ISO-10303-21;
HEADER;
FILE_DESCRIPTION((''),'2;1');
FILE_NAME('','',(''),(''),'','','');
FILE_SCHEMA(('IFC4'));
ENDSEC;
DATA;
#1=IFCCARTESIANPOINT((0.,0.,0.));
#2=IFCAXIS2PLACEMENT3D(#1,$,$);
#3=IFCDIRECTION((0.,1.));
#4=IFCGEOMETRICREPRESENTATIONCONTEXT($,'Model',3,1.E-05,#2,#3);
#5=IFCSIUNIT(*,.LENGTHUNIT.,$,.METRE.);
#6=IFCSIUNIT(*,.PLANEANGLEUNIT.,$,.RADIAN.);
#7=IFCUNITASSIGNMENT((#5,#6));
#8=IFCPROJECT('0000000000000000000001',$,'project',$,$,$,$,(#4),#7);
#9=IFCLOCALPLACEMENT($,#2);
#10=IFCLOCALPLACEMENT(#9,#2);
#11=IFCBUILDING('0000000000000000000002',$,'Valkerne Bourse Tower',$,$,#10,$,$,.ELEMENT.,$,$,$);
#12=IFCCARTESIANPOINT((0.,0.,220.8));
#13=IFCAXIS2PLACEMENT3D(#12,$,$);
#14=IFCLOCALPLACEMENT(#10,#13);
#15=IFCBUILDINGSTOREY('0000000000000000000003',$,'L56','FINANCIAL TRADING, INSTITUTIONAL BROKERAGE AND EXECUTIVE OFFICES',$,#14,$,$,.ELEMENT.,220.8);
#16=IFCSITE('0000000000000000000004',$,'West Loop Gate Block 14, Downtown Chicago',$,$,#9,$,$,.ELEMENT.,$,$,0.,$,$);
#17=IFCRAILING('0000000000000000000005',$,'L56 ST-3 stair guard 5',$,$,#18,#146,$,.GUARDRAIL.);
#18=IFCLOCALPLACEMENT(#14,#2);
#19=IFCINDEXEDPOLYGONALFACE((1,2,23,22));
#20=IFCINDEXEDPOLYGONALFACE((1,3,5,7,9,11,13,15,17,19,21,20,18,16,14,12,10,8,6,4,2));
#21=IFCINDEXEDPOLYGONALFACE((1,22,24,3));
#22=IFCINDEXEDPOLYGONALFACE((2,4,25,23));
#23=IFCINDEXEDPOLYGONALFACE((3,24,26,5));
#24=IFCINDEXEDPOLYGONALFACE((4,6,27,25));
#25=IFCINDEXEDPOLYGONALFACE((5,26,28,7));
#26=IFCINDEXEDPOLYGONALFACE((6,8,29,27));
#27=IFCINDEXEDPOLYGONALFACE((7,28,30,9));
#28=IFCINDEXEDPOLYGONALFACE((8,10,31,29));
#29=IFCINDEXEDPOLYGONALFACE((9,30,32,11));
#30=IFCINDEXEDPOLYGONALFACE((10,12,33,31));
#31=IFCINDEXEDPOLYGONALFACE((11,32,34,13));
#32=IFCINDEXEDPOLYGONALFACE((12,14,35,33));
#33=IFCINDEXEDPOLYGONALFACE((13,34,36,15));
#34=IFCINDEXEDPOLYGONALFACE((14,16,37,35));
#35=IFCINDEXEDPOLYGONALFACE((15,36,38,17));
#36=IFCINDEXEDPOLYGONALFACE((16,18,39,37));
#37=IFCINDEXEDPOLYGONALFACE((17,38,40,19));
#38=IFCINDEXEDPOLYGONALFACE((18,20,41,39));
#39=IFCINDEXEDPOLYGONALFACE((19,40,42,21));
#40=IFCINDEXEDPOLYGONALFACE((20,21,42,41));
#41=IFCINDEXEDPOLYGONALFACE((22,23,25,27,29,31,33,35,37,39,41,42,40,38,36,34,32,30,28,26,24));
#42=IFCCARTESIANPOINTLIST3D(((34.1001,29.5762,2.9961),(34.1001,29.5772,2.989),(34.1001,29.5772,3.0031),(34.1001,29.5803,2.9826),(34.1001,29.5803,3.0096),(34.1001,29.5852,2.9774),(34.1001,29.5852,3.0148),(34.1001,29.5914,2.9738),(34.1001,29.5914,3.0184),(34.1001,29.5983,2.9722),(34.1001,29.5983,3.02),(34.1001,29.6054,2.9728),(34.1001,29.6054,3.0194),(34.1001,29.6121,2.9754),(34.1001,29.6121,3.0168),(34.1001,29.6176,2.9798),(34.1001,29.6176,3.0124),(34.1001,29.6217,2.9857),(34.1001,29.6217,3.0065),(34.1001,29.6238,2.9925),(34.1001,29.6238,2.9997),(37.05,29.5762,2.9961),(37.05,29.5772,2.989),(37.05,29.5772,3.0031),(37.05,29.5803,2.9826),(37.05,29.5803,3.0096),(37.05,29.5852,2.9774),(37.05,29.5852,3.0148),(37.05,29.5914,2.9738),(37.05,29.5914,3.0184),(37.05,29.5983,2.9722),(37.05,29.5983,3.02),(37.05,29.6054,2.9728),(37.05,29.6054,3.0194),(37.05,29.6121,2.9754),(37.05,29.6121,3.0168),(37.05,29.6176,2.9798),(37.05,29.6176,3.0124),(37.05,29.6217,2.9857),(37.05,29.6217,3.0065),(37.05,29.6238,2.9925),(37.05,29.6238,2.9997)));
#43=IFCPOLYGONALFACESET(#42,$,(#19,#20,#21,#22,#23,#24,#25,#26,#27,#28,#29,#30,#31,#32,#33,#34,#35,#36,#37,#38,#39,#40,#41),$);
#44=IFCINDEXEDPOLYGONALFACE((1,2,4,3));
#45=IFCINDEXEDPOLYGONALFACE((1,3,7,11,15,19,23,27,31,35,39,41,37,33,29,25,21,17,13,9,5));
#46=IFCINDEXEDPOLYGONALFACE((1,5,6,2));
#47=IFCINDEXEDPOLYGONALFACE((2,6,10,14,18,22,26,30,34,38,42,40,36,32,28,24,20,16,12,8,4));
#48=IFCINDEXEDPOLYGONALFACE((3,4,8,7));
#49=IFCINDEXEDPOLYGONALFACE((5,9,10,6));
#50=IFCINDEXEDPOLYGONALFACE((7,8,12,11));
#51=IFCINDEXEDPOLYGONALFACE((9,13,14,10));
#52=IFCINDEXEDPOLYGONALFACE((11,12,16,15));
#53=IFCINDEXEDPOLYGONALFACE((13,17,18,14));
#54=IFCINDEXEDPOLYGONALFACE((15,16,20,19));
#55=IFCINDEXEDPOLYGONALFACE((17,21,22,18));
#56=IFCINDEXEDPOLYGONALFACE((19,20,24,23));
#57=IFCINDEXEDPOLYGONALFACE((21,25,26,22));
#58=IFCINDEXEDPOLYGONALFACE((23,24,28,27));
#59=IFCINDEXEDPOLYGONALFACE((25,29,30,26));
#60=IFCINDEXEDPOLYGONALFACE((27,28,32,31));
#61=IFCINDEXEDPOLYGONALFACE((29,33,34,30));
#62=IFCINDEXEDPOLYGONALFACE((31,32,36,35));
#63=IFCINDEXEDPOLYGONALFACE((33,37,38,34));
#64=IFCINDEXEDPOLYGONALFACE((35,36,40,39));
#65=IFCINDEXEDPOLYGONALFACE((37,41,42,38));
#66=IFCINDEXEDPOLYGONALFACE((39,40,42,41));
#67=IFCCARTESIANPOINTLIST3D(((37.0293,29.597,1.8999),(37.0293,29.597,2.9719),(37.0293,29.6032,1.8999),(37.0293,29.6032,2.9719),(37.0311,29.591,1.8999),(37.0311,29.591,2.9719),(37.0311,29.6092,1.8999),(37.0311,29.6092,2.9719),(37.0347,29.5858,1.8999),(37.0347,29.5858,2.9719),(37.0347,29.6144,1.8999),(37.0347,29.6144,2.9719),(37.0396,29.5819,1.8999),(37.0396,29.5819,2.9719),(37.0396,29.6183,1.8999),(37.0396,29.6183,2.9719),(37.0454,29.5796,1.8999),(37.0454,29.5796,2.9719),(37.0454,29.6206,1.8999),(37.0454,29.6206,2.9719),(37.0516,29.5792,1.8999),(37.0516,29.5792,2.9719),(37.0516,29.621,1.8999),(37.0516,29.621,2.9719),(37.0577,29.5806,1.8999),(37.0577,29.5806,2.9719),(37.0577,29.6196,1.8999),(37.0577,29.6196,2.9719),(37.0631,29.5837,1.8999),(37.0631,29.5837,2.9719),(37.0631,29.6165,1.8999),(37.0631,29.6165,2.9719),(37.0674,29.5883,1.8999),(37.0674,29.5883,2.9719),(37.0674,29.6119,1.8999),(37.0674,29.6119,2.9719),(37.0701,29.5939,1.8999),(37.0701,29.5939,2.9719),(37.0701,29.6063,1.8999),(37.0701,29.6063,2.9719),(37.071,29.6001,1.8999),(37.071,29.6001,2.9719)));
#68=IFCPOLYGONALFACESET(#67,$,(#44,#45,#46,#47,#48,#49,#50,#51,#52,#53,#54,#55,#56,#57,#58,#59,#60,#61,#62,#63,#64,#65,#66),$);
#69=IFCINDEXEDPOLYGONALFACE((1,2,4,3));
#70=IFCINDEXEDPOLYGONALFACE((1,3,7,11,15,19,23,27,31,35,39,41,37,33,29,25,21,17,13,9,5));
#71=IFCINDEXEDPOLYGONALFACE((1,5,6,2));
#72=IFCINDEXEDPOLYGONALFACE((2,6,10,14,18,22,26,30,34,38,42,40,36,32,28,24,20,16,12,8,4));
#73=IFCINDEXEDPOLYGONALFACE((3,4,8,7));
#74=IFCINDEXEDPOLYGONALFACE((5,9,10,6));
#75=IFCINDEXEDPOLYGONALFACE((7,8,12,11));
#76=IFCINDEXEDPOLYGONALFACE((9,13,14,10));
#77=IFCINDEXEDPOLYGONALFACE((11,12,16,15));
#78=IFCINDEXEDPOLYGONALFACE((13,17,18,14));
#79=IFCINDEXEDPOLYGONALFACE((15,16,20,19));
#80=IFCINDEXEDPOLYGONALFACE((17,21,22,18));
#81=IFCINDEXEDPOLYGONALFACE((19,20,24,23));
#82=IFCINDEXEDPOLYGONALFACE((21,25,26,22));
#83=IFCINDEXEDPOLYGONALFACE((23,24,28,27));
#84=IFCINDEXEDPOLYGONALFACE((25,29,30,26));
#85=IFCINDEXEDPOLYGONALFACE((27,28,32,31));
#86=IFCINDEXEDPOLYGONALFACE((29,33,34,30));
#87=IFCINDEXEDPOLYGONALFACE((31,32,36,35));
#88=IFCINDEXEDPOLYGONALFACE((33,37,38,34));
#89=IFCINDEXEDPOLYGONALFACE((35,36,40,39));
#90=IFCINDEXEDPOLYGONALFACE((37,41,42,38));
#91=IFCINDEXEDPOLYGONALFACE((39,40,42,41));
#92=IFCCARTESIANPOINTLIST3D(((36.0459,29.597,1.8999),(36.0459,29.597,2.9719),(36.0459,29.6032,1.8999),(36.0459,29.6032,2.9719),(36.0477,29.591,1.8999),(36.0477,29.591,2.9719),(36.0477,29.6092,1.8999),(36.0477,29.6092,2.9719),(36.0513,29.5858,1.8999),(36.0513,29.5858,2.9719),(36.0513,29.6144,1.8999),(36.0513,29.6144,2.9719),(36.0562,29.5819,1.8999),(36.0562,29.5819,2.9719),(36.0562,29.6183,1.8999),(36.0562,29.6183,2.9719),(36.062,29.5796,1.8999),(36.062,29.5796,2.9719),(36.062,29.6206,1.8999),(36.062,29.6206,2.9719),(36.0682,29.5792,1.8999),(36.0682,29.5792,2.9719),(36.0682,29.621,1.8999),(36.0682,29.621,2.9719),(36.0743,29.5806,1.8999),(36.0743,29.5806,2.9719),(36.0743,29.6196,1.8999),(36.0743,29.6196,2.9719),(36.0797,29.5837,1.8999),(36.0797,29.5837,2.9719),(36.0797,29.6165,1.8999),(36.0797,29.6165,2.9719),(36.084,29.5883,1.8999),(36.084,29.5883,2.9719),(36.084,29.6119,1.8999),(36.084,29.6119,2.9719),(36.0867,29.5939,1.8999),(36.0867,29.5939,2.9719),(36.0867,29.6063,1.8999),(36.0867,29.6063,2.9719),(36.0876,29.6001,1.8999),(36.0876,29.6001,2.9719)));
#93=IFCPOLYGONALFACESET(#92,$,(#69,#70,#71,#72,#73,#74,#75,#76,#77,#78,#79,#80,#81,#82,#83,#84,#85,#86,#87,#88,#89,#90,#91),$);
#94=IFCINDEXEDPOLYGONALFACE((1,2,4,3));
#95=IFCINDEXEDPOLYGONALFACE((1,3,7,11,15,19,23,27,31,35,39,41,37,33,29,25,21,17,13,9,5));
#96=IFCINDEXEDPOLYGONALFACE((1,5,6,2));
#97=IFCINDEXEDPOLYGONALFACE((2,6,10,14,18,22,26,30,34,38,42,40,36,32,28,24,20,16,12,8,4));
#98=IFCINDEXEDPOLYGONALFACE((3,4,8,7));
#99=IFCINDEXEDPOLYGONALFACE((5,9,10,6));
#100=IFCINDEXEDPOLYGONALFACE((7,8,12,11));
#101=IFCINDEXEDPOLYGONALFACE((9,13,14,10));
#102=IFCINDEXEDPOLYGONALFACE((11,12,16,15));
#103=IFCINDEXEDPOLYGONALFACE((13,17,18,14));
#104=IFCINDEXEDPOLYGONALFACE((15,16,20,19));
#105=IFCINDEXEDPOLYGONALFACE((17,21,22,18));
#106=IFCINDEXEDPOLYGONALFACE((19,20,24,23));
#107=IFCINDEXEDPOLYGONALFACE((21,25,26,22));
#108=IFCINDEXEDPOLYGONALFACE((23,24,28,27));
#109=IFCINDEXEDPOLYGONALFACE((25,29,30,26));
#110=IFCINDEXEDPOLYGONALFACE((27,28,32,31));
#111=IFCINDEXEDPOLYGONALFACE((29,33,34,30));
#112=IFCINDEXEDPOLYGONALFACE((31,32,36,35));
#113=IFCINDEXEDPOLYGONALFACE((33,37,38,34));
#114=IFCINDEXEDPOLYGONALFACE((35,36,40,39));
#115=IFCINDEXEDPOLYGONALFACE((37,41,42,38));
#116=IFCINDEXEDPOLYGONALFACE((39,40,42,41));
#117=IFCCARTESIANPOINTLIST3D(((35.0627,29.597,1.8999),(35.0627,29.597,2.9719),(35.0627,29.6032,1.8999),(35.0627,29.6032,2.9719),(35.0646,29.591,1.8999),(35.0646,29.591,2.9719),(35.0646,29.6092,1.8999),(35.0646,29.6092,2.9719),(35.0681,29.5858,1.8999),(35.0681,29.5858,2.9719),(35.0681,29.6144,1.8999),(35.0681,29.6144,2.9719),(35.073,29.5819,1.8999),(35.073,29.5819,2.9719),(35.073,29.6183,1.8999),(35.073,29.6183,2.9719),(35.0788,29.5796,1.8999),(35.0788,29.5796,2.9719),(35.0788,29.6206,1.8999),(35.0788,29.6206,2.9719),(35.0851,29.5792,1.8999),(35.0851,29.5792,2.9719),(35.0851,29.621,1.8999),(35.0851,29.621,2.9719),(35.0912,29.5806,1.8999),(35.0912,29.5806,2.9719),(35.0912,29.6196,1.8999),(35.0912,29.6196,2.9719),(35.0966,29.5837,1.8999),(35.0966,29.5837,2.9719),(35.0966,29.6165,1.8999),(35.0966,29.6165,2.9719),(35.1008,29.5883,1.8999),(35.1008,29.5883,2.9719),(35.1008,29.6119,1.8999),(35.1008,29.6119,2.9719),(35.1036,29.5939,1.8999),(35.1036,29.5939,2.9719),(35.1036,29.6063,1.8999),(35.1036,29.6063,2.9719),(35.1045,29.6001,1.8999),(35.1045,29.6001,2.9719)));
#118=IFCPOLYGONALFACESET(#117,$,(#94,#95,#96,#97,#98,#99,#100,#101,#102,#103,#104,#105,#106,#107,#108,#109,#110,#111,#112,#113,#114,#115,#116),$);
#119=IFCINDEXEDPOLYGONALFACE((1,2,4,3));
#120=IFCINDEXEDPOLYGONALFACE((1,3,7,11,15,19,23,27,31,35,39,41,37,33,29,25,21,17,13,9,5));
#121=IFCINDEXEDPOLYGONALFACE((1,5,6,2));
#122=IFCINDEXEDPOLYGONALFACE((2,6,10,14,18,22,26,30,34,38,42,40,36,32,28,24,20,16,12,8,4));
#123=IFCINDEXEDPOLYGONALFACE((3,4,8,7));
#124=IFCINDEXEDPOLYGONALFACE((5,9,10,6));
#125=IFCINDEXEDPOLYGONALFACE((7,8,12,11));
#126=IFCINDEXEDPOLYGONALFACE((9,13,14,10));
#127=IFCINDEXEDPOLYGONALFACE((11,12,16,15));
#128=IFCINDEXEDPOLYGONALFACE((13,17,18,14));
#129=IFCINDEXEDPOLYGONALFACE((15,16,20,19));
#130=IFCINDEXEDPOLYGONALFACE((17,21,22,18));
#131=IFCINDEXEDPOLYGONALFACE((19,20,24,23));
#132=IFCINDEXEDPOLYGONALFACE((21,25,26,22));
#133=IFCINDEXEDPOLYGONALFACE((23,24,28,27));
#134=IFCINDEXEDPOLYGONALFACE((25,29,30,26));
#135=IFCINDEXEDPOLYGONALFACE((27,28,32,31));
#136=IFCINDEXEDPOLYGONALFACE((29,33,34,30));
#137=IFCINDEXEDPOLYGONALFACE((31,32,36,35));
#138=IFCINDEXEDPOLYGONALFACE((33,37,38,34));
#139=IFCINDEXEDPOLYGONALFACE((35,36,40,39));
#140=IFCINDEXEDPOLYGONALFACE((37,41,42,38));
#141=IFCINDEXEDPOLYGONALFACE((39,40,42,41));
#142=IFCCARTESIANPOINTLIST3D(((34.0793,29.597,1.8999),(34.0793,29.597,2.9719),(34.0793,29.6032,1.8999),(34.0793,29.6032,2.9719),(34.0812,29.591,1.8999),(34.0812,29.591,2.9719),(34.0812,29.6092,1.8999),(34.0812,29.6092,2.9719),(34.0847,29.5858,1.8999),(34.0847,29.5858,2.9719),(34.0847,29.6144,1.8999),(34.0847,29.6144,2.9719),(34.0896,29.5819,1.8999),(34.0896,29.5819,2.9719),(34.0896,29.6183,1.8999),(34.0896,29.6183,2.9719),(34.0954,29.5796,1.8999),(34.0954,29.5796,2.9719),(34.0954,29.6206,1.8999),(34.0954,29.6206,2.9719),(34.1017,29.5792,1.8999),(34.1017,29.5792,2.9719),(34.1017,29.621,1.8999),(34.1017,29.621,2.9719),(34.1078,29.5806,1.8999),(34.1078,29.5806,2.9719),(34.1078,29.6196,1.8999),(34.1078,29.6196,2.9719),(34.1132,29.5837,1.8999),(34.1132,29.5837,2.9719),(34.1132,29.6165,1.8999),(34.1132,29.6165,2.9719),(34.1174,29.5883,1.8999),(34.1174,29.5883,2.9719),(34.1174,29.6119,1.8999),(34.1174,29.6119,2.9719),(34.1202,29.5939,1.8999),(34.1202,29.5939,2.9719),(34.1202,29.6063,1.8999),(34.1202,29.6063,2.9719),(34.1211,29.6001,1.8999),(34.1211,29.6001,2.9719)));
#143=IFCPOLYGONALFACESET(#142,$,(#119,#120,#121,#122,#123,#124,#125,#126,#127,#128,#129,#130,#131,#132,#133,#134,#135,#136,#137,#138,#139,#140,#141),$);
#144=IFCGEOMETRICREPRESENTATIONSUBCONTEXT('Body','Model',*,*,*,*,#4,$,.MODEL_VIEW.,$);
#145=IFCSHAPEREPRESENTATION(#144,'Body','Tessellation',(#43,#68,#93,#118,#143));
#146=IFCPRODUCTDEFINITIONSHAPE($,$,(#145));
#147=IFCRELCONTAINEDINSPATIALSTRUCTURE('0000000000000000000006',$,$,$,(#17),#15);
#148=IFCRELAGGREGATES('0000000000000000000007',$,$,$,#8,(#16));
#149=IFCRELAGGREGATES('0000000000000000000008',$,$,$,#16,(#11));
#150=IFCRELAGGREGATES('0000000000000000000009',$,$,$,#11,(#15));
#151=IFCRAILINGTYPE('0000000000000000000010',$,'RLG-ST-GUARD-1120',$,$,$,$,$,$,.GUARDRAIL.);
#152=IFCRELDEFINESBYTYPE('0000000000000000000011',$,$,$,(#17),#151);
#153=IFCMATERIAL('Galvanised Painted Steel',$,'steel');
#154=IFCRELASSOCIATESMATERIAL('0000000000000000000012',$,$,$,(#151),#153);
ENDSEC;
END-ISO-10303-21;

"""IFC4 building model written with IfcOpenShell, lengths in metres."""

from ifc_helpers import new_model, si_unit, direction, frame, origin, origin_2d, place, context, subcontext, project, spatial, circle, extrude, material, type_object, element, save


model = new_model("IFC4")

# Units and contexts
model_context = context("Model", 3, precision=1e-05, world=origin(), true_north=direction((0.0, 1.0)))
body_context = subcontext(model_context, "Body", "Model", "MODEL_VIEW")
ifc_project = project(units=[si_unit("LENGTHUNIT", "METRE"), si_unit("PLANEANGLEUNIT", "RADIAN")], contexts=[model_context])

# Site, building, storey
site_placement = place(None, origin())
site = spatial("IfcSite", under=ifc_project, at=site_placement, Name="West Loop Gate Block 14, Downtown Chicago", CompositionType="ELEMENT", RefElevation=0.0)
building_placement = place(site_placement, origin())
building = spatial("IfcBuilding", under=site, at=building_placement, Name="Valkerne Bourse Tower", CompositionType="ELEMENT")
storey_placement = place(building_placement, frame((0.0, 0.0, 220.8)))
storey = spatial("IfcBuildingStorey", under=building, at=storey_placement, Name="L56", Description="FINANCIAL TRADING, INSTITUTIONAL BROKERAGE AND EXECUTIVE OFFICES", CompositionType="ELEMENT", Elevation=220.8)

# Shared definitions
ifc_material_1 = material(Name="Galvanised Painted Steel", Category="steel")

# Railing
railing_type = type_object("IfcRailingType", Name="RLG-ST-GUARD-1120", PredefinedType="GUARDRAIL", material=ifc_material_1)
railing_1_placement = place(storey_placement, frame((37.05, 29.6001, 1.8999)))
element("IfcRailing", 1, at=railing_1_placement, inside=storey, type_object=railing_type, Name="L56 ST-3 stair guard 5", PredefinedType="GUARDRAIL", context=body_context, shape_type="SweptSolid", body=[
    extrude(circle(Radius=0.0239, at=origin_2d()), frame((0.0, 0.0, 1.0962), z_axis=(-1.0, 0.0, 0.0), x_axis=(0.0, -1.0, 0.0)), (0.0, 0.0, 1.0), 2.95),
    extrude(circle(Radius=0.021, at=origin_2d()), origin(), (0.0, 0.0, 1.0), 1.072),
    extrude(circle(Radius=0.021, at=origin_2d()), frame((-0.9834, 0.0, 0.0)), (0.0, 0.0, 1.0), 1.072),
    extrude(circle(Radius=0.021, at=origin_2d()), frame((-1.9666, 0.0, 0.0)), (0.0, 0.0, 1.0), 1.072),
    extrude(circle(Radius=0.021, at=origin_2d()), frame((-2.95, 0.0, 0.0)), (0.0, 0.0, 1.0), 1.072),
])

save(model, "model.ifc")
